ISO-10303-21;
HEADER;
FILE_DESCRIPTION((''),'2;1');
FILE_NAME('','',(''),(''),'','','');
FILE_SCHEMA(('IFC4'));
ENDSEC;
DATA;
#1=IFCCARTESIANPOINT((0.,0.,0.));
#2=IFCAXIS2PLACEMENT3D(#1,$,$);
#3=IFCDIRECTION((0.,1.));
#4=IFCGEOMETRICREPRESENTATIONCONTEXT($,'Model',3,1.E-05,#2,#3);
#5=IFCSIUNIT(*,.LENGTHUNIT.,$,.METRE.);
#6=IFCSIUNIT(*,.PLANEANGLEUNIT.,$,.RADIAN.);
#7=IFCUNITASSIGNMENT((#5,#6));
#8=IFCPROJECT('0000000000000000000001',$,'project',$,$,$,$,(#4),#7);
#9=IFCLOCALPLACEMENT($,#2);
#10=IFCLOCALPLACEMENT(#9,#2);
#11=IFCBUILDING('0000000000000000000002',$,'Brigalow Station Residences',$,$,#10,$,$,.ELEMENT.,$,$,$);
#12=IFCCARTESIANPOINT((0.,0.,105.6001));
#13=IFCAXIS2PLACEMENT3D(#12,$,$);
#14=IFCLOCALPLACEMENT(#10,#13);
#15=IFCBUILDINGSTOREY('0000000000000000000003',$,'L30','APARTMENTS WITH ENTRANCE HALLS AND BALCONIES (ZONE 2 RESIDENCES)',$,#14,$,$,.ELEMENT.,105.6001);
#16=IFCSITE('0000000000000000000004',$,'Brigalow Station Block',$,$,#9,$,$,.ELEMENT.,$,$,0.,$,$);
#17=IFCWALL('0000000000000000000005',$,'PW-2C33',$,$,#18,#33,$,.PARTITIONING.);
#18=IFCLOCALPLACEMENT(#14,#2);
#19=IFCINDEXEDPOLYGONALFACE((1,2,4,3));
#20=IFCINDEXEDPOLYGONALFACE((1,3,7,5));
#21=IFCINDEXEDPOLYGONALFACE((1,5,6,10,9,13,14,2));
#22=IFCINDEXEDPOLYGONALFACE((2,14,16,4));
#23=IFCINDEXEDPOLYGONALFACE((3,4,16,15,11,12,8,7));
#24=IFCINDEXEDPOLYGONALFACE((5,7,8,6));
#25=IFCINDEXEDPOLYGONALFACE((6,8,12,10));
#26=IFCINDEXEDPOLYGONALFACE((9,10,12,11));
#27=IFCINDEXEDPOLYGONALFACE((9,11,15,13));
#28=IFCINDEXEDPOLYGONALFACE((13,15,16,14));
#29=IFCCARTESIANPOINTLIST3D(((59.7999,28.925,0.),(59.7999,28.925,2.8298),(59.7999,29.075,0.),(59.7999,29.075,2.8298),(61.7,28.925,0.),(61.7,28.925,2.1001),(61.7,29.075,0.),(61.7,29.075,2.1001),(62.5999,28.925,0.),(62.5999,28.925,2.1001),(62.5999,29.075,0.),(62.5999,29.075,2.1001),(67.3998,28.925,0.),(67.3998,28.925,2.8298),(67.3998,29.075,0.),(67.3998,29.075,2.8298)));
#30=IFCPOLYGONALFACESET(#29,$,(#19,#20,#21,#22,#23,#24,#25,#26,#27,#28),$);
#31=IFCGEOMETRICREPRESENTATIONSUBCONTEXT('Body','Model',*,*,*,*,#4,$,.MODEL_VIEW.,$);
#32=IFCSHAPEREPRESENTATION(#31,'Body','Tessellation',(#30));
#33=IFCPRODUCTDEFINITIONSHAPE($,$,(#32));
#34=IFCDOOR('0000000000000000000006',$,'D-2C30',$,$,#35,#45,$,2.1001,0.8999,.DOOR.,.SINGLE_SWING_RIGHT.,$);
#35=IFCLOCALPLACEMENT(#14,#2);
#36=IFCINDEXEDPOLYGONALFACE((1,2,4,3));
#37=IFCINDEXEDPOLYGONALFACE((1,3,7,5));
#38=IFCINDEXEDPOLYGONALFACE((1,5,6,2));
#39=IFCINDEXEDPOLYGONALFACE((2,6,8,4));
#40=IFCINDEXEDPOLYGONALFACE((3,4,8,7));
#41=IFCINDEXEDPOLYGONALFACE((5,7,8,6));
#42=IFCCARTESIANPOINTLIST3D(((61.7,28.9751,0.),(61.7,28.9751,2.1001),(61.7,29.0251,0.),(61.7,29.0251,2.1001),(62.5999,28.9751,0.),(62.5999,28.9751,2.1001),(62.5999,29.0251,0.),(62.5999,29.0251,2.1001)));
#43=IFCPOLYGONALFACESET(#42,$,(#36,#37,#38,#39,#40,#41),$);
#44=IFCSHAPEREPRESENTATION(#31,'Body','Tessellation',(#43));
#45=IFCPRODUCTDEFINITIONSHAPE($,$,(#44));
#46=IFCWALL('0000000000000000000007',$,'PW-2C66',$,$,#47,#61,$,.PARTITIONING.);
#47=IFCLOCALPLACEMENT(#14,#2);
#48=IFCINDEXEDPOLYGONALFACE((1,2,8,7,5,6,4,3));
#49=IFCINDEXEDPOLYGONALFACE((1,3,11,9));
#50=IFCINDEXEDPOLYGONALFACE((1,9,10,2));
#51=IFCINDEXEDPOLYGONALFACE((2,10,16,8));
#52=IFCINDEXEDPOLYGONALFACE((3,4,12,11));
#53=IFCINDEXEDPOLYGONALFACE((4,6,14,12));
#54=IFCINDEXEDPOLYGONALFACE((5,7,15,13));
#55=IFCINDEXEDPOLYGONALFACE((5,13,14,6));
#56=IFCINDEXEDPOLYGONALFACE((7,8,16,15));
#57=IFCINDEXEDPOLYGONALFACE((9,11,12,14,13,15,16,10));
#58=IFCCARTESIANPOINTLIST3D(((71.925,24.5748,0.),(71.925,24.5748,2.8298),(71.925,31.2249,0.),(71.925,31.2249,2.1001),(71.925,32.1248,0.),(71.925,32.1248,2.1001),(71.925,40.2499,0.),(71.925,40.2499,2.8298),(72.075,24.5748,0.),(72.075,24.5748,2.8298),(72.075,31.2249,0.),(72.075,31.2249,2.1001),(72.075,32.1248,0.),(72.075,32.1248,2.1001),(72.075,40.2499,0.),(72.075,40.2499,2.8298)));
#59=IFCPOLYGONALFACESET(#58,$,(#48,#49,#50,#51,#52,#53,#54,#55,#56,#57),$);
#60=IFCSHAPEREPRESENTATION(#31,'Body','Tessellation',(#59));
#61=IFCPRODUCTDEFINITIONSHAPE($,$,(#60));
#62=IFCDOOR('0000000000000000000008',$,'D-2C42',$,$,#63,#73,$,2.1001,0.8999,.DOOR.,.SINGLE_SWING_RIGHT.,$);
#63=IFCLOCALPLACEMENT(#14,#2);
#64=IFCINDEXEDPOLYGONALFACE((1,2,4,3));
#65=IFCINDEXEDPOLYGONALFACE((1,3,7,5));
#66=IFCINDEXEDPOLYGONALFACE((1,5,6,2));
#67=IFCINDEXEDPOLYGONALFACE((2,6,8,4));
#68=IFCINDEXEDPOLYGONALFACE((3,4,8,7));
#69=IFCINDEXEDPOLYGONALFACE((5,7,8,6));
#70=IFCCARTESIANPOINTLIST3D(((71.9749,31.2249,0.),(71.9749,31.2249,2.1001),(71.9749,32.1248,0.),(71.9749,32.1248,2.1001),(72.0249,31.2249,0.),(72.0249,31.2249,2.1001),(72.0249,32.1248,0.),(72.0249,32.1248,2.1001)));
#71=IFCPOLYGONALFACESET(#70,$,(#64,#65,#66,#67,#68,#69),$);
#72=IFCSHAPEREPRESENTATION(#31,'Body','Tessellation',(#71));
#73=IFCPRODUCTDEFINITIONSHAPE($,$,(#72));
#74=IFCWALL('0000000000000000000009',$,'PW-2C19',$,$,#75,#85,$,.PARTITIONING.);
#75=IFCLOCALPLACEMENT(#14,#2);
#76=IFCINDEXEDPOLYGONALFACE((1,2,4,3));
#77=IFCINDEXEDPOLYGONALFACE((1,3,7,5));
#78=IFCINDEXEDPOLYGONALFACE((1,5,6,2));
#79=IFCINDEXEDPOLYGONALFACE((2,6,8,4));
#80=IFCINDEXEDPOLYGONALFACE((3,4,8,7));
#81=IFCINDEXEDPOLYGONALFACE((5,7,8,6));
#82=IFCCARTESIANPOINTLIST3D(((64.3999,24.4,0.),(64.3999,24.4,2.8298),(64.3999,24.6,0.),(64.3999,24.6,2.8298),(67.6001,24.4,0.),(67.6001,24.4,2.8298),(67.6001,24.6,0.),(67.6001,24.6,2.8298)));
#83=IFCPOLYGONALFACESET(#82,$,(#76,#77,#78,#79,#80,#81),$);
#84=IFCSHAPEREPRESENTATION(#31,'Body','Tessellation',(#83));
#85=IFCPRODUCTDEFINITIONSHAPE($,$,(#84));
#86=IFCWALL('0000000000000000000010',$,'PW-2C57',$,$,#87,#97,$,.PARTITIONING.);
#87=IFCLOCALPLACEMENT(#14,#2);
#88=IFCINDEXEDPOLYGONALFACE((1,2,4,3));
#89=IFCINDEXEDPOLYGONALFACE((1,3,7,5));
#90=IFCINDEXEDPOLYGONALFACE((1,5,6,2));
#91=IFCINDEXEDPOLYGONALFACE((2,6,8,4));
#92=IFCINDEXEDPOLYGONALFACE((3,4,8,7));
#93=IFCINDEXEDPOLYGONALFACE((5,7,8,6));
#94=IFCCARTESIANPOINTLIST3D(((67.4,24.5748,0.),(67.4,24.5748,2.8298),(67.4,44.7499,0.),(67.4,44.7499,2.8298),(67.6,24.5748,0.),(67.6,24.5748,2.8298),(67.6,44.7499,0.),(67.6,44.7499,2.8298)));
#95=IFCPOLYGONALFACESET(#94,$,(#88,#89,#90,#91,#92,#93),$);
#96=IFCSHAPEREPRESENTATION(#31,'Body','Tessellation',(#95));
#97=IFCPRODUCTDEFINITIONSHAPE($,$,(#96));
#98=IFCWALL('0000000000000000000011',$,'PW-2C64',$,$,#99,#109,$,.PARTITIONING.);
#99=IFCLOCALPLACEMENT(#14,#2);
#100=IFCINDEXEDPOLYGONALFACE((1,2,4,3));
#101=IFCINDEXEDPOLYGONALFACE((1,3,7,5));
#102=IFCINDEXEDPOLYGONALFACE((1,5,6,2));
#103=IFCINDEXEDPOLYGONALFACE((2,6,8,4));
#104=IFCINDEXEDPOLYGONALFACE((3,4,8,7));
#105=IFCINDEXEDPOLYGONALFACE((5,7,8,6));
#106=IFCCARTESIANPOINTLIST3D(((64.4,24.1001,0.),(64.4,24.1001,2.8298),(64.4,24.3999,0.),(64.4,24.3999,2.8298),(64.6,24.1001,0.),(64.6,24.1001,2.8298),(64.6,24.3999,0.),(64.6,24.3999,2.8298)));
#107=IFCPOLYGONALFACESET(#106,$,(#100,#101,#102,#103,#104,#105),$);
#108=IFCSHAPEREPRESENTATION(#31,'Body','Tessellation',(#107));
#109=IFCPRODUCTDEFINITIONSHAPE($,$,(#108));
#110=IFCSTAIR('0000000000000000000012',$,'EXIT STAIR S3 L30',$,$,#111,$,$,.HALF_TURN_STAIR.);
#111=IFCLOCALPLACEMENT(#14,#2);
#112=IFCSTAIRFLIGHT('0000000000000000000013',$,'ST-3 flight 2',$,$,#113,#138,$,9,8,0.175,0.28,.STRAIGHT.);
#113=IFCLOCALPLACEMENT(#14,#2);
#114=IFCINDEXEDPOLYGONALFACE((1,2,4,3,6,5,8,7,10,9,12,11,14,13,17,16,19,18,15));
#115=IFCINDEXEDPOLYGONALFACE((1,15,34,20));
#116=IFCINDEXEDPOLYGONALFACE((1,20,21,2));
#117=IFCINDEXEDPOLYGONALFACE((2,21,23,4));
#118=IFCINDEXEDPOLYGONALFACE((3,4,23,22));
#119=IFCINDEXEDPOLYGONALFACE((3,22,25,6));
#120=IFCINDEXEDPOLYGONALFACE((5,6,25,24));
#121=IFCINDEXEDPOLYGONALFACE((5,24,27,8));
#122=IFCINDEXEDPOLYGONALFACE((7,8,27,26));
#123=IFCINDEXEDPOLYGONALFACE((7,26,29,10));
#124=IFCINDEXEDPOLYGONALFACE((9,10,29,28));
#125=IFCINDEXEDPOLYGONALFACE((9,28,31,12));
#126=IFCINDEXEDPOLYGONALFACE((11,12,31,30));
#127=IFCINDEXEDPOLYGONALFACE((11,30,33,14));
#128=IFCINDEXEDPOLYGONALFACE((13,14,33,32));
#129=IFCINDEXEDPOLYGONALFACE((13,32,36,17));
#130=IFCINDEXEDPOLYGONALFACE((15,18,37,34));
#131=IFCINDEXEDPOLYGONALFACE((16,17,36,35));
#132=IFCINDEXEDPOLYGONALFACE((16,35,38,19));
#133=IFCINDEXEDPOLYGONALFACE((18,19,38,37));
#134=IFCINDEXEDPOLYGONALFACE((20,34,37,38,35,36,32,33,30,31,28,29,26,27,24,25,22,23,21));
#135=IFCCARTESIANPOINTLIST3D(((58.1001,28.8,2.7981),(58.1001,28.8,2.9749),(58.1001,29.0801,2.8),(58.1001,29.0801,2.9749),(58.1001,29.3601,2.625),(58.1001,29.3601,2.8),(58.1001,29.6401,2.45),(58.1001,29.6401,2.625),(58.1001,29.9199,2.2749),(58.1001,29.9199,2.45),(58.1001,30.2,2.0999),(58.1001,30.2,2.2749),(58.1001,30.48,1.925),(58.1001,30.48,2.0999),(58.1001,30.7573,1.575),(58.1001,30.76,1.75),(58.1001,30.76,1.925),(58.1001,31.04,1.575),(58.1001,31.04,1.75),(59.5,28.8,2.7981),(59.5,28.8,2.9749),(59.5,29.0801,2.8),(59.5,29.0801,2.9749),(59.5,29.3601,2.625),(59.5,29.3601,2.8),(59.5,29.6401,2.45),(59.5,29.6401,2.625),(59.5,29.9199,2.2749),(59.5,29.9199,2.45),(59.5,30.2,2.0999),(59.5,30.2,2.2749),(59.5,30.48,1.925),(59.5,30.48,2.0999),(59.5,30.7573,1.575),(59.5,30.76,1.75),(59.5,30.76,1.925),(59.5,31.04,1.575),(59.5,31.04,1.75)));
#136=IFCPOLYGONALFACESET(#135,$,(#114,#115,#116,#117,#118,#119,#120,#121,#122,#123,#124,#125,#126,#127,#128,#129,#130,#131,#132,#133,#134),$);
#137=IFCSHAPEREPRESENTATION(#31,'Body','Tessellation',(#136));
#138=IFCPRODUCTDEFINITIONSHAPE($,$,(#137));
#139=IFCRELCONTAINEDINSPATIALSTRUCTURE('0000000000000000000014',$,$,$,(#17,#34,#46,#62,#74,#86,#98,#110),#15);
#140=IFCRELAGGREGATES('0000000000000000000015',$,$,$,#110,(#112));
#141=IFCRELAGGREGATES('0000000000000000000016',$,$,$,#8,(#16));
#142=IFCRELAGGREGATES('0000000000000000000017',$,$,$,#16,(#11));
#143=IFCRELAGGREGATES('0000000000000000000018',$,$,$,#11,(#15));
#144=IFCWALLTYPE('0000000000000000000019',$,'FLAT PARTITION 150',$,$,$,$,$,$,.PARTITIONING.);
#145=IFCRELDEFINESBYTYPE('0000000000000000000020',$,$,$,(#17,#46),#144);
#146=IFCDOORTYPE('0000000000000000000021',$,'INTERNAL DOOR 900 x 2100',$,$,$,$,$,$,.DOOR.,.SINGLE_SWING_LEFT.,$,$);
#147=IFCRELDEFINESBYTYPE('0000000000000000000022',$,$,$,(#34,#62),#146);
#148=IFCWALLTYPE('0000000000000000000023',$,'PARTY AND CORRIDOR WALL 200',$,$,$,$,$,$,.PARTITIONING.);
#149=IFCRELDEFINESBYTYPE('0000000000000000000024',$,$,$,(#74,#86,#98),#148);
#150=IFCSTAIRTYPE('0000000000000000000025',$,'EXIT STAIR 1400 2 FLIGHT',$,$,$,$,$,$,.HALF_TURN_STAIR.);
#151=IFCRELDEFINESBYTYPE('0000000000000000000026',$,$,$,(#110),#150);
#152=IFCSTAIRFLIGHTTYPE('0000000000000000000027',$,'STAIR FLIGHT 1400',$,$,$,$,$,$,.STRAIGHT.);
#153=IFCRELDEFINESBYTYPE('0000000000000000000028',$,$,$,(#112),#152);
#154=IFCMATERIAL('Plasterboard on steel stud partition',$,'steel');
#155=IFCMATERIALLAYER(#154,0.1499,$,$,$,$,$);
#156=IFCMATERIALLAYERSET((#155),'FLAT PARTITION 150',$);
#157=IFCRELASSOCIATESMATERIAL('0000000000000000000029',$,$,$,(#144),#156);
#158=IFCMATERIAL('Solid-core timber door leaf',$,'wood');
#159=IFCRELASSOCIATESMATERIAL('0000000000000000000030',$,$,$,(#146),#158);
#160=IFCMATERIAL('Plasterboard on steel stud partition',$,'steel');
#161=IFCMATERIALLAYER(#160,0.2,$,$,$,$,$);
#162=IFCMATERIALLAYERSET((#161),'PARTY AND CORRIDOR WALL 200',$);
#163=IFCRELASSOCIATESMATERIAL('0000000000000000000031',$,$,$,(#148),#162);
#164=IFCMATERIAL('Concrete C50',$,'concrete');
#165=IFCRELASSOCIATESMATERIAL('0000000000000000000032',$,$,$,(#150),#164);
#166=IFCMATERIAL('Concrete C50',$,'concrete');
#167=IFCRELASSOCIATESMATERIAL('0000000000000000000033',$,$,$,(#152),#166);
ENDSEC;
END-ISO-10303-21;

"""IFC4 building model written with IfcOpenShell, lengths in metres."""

from ifc_helpers import new_model, si_unit, direction, frame, frame_2d, origin, place, context, subcontext, project, spatial, polyline, rectangle, outline, extrude, material, layer, layer_set, type_object, element, fill, aggregate, save


model = new_model("IFC4")

# Units and contexts
model_context = context("Model", 3, precision=1e-05, world=origin(), true_north=direction((0.0, 1.0)))
body_context = subcontext(model_context, "Body", "Model", "MODEL_VIEW")
ifc_project = project(units=[si_unit("LENGTHUNIT", "METRE"), si_unit("PLANEANGLEUNIT", "RADIAN")], contexts=[model_context])

# Site, building, storey
site_placement = place(None, origin())
site = spatial("IfcSite", under=ifc_project, at=site_placement, Name="Brigalow Station Block", CompositionType="ELEMENT", RefElevation=0.0)
building_placement = place(site_placement, origin())
building = spatial("IfcBuilding", under=site, at=building_placement, Name="Brigalow Station Residences", CompositionType="ELEMENT")
storey_placement = place(building_placement, frame((0.0, 0.0, 105.6001)))
storey = spatial("IfcBuildingStorey", under=building, at=storey_placement, Name="L30", Description="APARTMENTS WITH ENTRANCE HALLS AND BALCONIES (ZONE 2 RESIDENCES)", CompositionType="ELEMENT", Elevation=105.6001)

# Shared definitions
ifc_material_1 = material(Name="Plasterboard on steel stud partition", Category="steel")
ifc_layer_1 = layer(ifc_material_1, 0.1499)
ifc_layer_set_1 = layer_set([ifc_layer_1], Name="FLAT PARTITION 150")
wall_type_1 = type_object("IfcWallType", Name="FLAT PARTITION 150", PredefinedType="PARTITIONING", material=ifc_layer_set_1)

# Walls, openings, doors
wall_1_placement = place(storey_placement, frame((59.8, 29.0, 0.0), z_axis=(0.0, 0.0, 1.0), x_axis=(1.0, 0.0, 0.0)))
wall_1 = element("IfcWall", 1, at=wall_1_placement, inside=storey, type_object=wall_type_1, Name="PW-2C33", PredefinedType="PARTITIONING", context=body_context, shape_type="SweptSolid", body=[
    extrude(rectangle(XDim=7.5999, YDim=0.1499, at=frame_2d((3.7998, 0.0))), origin(), (0.0, 0.0, 1.0), 2.8298),
])
opening_1_placement = place(wall_1_placement, frame((1.8999, 0.0, 0.0)))
opening_1 = element("IfcOpeningElement", 2, at=opening_1_placement, cuts=wall_1, PredefinedType="OPENING", context=body_context, shape_type="SweptSolid", body=[
    extrude(rectangle(XDim=0.8999, YDim=2.1001, at=frame_2d((0.45, 1.05))), frame((0.0, 0.085, 0.0), z_axis=(0.0, -1.0, 0.0), x_axis=(1.0, 0.0, 0.0)), (0.0, 0.0, 1.0), 0.1699),
])
ifc_material_2 = material(Name="Solid-core timber door leaf", Category="wood")
door_type_1 = type_object("IfcDoorType", Name="INTERNAL DOOR 900 x 2100", OperationType="SINGLE_SWING_LEFT", PredefinedType="DOOR", material=ifc_material_2)
door_1_placement = place(opening_1_placement, frame((0.8999, 0.0, 0.0), z_axis=(0.0, 0.0, 1.0), x_axis=(-1.0, 0.0, 0.0)))
door_1 = element("IfcDoor", 3, at=door_1_placement, inside=storey, type_object=door_type_1, Name="D-2C30", OperationType="SINGLE_SWING_RIGHT", OverallHeight=2.1001, OverallWidth=0.8999, PredefinedType="DOOR", context=body_context, shape_type="SweptSolid", body=[
    extrude(rectangle(XDim=0.8999, YDim=2.1001, at=frame_2d((0.45, 1.05))), frame((0.0, 0.0249, 0.0), z_axis=(0.0, -1.0, 0.0), x_axis=(1.0, 0.0, 0.0)), (0.0, 0.0, 1.0), 0.05),
])
fill(opening_1, door_1)
wall_2_placement = place(storey_placement, frame((72.0, 24.575, 0.0), z_axis=(0.0, 0.0, 1.0), x_axis=(0.0, 1.0, 0.0)))
wall_2 = element("IfcWall", 4, at=wall_2_placement, inside=storey, type_object=wall_type_1, Name="PW-2C66", PredefinedType="PARTITIONING", context=body_context, shape_type="SweptSolid", body=[
    extrude(rectangle(XDim=15.675, YDim=0.1499, at=frame_2d((7.8374, 0.0))), origin(), (0.0, 0.0, 1.0), 2.8298),
])
opening_2_placement = place(wall_2_placement, frame((6.6499, 0.0, 0.0)))
opening_2 = element("IfcOpeningElement", 5, at=opening_2_placement, cuts=wall_2, PredefinedType="OPENING", context=body_context, shape_type="SweptSolid", body=[
    extrude(rectangle(XDim=0.8999, YDim=2.1001, at=frame_2d((0.45, 1.05))), frame((0.0, 0.085, 0.0), z_axis=(0.0, -1.0, 0.0), x_axis=(1.0, 0.0, 0.0)), (0.0, 0.0, 1.0), 0.1699),
])
door_2_placement = place(opening_2_placement, frame((0.8999, 0.0, 0.0), z_axis=(0.0, 0.0, 1.0), x_axis=(-1.0, 0.0, 0.0)))
door_2 = element("IfcDoor", 6, at=door_2_placement, inside=storey, type_object=door_type_1, Name="D-2C42", OperationType="SINGLE_SWING_RIGHT", OverallHeight=2.1001, OverallWidth=0.8999, PredefinedType="DOOR", context=body_context, shape_type="SweptSolid", body=[
    extrude(rectangle(XDim=0.8999, YDim=2.1001, at=frame_2d((0.45, 1.05))), frame((0.0, 0.0249, 0.0), z_axis=(0.0, -1.0, 0.0), x_axis=(1.0, 0.0, 0.0)), (0.0, 0.0, 1.0), 0.05),
])
fill(opening_2, door_2)

# Walls
ifc_material_3 = material(Name="Plasterboard on steel stud partition", Category="steel")
ifc_layer_2 = layer(ifc_material_3, 0.2)
ifc_layer_set_2 = layer_set([ifc_layer_2], Name="PARTY AND CORRIDOR WALL 200")
wall_type_2 = type_object("IfcWallType", Name="PARTY AND CORRIDOR WALL 200", PredefinedType="PARTITIONING", material=ifc_layer_set_2)
wall_3_placement = place(storey_placement, frame((64.3999, 24.5, 0.0), z_axis=(0.0, 0.0, 1.0), x_axis=(1.0, 0.0, 0.0)))
element("IfcWall", 7, at=wall_3_placement, inside=storey, type_object=wall_type_2, Name="PW-2C19", PredefinedType="PARTITIONING", context=body_context, shape_type="SweptSolid", body=[
    extrude(rectangle(XDim=3.2002, YDim=0.2, at=frame_2d((1.6001, 0.0))), origin(), (0.0, 0.0, 1.0), 2.8298),
])
wall_4_placement = place(storey_placement, frame((67.5, 24.575, 0.0), z_axis=(0.0, 0.0, 1.0), x_axis=(0.0, 1.0, 0.0)))
element("IfcWall", 8, at=wall_4_placement, inside=storey, type_object=wall_type_2, Name="PW-2C57", PredefinedType="PARTITIONING", context=body_context, shape_type="SweptSolid", body=[
    extrude(rectangle(XDim=20.175, YDim=0.2, at=frame_2d((10.0874, 0.0))), origin(), (0.0, 0.0, 1.0), 2.8298),
])
wall_5_placement = place(storey_placement, frame((64.5, 24.1001, 0.0), z_axis=(0.0, 0.0, 1.0), x_axis=(0.0, 1.0, 0.0)))
element("IfcWall", 9, at=wall_5_placement, inside=storey, type_object=wall_type_2, Name="PW-2C64", PredefinedType="PARTITIONING", context=body_context, shape_type="SweptSolid", body=[
    extrude(rectangle(XDim=0.2998, YDim=0.2, at=frame_2d((0.1499, 0.0))), origin(), (0.0, 0.0, 1.0), 2.8298),
])

# Stair, stair flight
ifc_material_4 = material(Name="Concrete C50", Category="concrete")
stair_type = type_object("IfcStairType", Name="EXIT STAIR 1400 2 FLIGHT", PredefinedType="HALF_TURN_STAIR", material=ifc_material_4)
stair_placement = place(storey_placement, origin())
stair = element("IfcStair", 10, at=stair_placement, inside=storey, type_object=stair_type, Name="EXIT STAIR S3 L30", PredefinedType="HALF_TURN_STAIR")
ifc_material_5 = material(Name="Concrete C50", Category="concrete")
stair_flight_type = type_object("IfcStairFlightType", Name="STAIR FLIGHT 1400", PredefinedType="STRAIGHT", material=ifc_material_5)
stair_flight_placement = place(storey_placement, frame((58.8, 31.04, 1.575), z_axis=(0.0, 0.0, 1.0), x_axis=(0.0, -1.0, 0.0)))
stair_flight = element("IfcStairFlight", 11, at=stair_flight_placement, type_object=stair_flight_type, Name="ST-3 flight 2", NumberOfRisers=9, NumberOfTreads=8, PredefinedType="STRAIGHT", RiserHeight=0.175, TreadLength=0.28, context=body_context, shape_type="SweptSolid", body=[
    extrude(outline(polyline([(0.0, 0.0), (0.0, 0.175), (0.28, 0.175), (0.28, 0.3501), (0.5601, 0.3501), (0.5601, 0.5249), (0.8401, 0.5249), (0.8401, 0.7), (1.1201, 0.7), (1.1201, 0.875), (1.3999, 0.875), (1.3999, 1.05), (1.6799, 1.05), (1.6799, 1.2251), (1.96, 1.2251), (1.96, 1.3999), (2.24, 1.3999), (2.24, 1.575), (2.24, 1.2231), (0.2827, 0.0), (0.0, 0.0)])), frame((0.0, 0.7, 0.0), z_axis=(0.0, -1.0, 0.0), x_axis=(1.0, 0.0, 0.0)), (0.0, 0.0, 1.0), 1.3999),
])
aggregate(stair, [stair_flight])

save(model, "model.ifc")
